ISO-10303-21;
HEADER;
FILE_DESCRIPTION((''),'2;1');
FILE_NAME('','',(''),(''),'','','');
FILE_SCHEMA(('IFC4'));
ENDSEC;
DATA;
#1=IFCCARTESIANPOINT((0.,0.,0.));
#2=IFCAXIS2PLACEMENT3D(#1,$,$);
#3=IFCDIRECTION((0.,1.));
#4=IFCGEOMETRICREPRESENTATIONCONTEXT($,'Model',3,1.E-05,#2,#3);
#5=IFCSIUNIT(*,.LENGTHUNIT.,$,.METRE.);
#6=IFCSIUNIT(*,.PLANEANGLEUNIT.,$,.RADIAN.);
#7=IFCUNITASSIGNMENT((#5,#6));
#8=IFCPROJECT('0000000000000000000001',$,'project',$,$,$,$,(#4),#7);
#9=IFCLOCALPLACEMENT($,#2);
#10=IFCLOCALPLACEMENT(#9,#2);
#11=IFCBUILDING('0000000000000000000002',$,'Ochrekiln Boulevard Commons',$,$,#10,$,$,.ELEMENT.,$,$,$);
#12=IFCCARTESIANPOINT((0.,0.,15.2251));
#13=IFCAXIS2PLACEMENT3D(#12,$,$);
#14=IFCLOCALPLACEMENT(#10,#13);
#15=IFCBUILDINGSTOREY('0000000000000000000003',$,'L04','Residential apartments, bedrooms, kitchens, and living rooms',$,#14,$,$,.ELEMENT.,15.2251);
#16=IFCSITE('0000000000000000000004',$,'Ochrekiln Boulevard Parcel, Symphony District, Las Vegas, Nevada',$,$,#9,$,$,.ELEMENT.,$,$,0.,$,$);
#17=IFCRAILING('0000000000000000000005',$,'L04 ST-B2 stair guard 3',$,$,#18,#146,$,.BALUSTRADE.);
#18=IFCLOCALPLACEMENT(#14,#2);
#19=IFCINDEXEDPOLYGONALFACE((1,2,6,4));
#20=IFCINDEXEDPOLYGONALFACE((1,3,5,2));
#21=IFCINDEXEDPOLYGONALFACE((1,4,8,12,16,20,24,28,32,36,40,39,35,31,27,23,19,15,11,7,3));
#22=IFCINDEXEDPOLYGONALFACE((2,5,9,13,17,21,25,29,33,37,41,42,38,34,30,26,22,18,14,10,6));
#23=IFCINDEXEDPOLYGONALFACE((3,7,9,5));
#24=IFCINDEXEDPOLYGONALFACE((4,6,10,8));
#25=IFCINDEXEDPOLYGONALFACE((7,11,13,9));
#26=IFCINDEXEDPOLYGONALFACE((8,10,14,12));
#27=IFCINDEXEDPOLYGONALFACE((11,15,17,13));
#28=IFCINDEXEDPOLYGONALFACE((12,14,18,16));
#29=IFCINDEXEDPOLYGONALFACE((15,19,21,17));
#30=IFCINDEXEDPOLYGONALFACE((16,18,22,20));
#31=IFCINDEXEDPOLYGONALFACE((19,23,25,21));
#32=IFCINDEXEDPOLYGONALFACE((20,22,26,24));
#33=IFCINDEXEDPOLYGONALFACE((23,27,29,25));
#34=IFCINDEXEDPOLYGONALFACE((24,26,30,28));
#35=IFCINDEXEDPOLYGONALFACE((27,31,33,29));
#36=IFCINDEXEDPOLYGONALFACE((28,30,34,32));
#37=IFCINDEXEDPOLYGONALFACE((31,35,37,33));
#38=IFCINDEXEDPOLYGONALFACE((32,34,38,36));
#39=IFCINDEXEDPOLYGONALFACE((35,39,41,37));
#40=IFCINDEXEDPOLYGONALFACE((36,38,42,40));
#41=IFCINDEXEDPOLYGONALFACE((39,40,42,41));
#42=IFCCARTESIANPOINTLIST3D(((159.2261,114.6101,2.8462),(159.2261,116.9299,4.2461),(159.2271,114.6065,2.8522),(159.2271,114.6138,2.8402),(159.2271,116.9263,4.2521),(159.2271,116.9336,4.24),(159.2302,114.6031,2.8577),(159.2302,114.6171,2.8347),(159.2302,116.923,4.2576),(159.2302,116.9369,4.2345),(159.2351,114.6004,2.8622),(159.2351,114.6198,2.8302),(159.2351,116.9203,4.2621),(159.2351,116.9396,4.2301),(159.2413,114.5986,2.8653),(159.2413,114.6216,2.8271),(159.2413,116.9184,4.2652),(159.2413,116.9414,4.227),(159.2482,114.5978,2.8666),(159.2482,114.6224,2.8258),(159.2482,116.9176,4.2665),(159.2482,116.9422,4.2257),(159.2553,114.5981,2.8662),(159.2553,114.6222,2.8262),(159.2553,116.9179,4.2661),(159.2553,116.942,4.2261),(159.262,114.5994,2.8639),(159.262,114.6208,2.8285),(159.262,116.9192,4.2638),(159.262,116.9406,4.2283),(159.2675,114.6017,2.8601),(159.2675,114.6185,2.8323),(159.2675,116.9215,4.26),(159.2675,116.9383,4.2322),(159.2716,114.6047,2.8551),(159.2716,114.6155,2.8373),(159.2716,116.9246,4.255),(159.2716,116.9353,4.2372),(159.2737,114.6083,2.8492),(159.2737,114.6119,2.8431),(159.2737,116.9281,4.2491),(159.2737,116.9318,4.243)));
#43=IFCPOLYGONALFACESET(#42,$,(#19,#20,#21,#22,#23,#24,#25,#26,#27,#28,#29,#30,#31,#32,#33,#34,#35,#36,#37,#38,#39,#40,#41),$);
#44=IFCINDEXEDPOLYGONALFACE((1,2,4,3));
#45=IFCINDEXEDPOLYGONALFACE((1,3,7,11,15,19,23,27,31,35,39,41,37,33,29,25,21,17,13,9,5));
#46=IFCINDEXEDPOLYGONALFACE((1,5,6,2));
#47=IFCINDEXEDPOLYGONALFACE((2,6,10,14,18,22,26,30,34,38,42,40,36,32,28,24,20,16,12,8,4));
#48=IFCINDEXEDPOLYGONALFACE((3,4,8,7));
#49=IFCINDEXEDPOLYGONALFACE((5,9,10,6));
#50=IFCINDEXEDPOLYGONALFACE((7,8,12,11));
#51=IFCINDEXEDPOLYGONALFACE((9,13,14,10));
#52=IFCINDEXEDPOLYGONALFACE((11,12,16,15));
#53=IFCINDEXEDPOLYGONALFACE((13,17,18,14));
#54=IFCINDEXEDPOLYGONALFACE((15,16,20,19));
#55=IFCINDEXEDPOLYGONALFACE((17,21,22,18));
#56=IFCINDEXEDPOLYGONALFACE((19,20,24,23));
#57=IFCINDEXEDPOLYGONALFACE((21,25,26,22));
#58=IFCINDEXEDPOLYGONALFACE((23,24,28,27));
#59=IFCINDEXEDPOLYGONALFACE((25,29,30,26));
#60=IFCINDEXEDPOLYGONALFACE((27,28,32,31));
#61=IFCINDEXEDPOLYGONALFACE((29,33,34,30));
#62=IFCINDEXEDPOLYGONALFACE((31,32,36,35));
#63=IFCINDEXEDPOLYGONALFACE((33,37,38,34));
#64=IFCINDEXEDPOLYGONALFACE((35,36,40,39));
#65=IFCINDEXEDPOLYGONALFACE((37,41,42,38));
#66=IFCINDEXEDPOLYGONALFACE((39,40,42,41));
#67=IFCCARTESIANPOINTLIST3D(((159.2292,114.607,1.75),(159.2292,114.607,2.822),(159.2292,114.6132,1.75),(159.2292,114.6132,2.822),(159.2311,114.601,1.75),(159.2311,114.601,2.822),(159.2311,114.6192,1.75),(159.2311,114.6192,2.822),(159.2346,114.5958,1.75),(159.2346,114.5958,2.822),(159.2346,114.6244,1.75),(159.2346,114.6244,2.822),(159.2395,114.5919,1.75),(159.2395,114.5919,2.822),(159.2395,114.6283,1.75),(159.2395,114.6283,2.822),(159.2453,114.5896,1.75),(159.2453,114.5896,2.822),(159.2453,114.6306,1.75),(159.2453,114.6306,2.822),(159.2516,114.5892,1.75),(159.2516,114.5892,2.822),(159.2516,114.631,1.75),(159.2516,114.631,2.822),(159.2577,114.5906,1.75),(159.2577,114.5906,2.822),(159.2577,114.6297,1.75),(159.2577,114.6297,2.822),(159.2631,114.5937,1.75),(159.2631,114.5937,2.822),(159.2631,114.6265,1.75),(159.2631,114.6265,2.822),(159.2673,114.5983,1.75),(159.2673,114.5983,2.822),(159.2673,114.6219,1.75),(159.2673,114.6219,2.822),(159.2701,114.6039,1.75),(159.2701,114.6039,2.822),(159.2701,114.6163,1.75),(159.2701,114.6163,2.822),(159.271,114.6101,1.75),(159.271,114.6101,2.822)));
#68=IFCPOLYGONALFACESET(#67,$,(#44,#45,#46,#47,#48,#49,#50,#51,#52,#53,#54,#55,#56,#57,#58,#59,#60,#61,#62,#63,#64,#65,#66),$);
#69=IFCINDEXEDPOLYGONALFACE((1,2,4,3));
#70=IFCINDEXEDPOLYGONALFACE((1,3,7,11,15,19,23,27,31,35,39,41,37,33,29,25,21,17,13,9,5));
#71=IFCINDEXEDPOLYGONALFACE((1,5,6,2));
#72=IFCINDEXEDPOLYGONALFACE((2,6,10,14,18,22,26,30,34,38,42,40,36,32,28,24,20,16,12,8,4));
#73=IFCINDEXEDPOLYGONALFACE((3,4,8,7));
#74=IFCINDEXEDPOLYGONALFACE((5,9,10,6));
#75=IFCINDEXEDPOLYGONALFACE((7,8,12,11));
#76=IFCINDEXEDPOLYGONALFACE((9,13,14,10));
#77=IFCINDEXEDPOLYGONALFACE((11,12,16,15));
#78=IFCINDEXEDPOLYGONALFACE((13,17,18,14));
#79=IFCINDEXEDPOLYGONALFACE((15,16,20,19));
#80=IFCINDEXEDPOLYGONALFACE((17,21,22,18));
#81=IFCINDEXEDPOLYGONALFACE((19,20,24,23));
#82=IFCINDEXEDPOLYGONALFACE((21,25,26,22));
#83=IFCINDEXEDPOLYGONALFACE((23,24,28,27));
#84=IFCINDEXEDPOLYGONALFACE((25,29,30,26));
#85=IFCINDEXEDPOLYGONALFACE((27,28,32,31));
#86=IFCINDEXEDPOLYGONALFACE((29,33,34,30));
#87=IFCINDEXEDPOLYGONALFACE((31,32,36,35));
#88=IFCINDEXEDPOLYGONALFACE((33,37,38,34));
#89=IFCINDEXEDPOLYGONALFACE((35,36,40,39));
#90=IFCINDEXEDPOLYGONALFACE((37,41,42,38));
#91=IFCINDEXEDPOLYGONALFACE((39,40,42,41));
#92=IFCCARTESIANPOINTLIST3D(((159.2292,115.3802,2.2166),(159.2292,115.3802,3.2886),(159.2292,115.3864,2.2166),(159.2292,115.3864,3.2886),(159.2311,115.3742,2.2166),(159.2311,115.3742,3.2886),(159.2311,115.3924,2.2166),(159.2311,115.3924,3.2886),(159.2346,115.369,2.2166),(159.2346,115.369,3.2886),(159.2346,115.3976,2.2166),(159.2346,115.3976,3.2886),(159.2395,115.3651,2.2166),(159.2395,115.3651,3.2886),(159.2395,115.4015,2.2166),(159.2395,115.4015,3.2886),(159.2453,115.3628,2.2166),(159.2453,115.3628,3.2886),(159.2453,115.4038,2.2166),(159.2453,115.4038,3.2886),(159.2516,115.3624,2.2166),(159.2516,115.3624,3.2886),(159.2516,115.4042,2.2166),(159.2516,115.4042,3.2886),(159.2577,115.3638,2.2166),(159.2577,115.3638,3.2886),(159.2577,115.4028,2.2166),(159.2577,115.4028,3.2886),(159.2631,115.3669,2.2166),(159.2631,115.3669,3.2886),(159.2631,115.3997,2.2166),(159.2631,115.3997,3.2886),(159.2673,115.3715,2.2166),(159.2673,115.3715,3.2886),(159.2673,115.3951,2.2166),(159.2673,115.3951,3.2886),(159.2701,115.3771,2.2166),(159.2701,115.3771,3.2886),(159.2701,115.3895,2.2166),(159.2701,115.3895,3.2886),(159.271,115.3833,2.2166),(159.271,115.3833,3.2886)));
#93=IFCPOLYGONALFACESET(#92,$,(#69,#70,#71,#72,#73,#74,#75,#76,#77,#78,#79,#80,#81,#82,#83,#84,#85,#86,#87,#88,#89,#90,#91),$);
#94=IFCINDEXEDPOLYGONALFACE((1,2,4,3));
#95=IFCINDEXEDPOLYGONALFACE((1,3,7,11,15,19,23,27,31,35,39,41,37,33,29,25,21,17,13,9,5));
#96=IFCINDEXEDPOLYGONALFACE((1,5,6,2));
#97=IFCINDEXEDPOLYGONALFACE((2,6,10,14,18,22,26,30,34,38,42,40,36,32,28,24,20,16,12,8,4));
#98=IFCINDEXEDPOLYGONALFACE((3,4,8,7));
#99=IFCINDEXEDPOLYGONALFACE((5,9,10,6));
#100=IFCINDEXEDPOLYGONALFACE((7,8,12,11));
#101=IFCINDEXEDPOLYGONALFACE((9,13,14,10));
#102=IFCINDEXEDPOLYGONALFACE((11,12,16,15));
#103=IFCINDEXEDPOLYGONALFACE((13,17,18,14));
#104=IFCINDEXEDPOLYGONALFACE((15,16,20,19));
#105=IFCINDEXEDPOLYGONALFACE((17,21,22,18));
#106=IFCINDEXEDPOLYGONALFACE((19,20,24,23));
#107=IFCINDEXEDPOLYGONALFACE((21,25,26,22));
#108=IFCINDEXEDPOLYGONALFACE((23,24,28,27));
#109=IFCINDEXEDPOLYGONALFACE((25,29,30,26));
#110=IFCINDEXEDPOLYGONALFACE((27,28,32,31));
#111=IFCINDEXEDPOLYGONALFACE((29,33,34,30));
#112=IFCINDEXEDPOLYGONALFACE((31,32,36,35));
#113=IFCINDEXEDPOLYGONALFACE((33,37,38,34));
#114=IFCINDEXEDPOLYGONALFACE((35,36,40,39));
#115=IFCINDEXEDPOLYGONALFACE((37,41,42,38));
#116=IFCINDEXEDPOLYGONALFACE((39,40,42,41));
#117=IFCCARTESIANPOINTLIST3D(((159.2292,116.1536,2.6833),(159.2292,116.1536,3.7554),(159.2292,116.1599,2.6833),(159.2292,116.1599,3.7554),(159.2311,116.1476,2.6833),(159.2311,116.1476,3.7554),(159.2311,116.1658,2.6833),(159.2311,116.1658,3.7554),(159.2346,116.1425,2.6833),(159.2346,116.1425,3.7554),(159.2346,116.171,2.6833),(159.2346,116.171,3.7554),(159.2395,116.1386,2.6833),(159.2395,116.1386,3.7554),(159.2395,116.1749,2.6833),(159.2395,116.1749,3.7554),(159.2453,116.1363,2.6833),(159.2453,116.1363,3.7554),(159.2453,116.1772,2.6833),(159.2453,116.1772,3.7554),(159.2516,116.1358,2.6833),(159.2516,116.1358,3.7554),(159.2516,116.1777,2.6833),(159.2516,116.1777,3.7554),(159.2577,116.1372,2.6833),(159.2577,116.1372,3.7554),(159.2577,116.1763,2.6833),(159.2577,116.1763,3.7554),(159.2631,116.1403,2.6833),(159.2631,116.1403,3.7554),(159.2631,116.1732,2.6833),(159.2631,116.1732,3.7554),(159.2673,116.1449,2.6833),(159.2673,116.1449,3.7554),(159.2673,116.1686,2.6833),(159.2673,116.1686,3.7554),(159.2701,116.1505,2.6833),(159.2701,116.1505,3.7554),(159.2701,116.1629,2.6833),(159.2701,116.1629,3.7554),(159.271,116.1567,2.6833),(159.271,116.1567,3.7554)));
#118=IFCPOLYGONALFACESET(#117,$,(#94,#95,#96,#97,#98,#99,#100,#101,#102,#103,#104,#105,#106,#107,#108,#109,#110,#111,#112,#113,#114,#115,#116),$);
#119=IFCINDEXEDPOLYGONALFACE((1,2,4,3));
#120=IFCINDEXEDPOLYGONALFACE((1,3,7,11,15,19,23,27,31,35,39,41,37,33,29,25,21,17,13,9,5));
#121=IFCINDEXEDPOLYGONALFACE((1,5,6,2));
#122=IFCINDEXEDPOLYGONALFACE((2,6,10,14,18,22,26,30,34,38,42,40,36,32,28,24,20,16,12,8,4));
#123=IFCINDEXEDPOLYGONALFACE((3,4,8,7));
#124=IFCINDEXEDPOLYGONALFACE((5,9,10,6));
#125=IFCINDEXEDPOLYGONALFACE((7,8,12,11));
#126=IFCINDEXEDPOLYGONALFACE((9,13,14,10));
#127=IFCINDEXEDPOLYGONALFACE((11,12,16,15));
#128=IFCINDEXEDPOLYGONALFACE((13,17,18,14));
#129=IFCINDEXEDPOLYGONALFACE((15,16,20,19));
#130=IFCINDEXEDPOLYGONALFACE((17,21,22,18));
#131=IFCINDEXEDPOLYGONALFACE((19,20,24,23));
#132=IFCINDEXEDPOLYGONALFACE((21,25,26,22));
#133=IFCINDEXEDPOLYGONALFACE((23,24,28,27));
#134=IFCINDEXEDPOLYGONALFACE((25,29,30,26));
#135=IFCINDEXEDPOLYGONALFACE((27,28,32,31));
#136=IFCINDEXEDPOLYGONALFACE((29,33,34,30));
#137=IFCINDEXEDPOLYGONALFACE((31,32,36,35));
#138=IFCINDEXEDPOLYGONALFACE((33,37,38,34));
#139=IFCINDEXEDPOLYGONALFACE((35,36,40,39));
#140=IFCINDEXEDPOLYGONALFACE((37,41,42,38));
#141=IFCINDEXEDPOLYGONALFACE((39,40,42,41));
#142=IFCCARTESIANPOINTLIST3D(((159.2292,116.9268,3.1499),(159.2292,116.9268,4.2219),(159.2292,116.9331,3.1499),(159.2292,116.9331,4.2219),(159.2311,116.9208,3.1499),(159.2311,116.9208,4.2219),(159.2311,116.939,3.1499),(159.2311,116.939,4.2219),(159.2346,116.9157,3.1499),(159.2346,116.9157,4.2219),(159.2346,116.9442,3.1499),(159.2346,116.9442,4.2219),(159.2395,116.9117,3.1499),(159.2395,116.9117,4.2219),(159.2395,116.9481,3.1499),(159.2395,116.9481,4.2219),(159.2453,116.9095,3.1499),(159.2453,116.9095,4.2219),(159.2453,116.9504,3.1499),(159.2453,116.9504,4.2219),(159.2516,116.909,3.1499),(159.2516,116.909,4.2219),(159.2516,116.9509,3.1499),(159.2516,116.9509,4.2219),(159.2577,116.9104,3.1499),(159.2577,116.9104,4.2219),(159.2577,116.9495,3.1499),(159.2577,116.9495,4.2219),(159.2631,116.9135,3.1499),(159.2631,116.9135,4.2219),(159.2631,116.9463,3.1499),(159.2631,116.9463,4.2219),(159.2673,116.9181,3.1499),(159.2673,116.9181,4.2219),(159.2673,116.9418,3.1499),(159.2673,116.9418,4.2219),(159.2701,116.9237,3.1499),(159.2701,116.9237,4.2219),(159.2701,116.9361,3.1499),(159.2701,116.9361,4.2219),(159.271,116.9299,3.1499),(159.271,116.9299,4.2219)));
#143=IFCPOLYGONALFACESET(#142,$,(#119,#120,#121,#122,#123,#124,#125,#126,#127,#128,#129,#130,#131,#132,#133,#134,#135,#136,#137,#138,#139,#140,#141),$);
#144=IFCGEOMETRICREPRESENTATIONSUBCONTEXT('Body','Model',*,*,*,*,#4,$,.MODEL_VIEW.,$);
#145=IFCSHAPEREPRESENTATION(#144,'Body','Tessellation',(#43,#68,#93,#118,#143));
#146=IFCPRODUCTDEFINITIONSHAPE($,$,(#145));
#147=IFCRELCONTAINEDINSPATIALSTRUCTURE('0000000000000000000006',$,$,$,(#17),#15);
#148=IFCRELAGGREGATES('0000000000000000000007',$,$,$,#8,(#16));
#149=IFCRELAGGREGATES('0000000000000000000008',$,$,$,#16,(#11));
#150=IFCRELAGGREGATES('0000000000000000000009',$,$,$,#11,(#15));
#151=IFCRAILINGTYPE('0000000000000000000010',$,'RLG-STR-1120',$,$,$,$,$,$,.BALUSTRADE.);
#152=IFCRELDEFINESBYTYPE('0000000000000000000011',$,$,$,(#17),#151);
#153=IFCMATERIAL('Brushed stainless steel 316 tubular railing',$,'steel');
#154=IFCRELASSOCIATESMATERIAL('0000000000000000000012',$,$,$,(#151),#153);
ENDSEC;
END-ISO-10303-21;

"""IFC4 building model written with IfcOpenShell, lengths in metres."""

from ifc_helpers import new_model, si_unit, direction, frame, origin, origin_2d, place, context, subcontext, project, spatial, circle, extrude, material, type_object, element, save


model = new_model("IFC4")

# Units and contexts
model_context = context("Model", 3, precision=1e-05, world=origin(), true_north=direction((0.0, 1.0)))
body_context = subcontext(model_context, "Body", "Model", "MODEL_VIEW")
ifc_project = project(units=[si_unit("LENGTHUNIT", "METRE"), si_unit("PLANEANGLEUNIT", "RADIAN")], contexts=[model_context])

# Site, building, storey
site_placement = place(None, origin())
site = spatial("IfcSite", under=ifc_project, at=site_placement, Name="Ochrekiln Boulevard Parcel, Symphony District, Las Vegas, Nevada", CompositionType="ELEMENT", RefElevation=0.0)
building_placement = place(site_placement, origin())
building = spatial("IfcBuilding", under=site, at=building_placement, Name="Ochrekiln Boulevard Commons", CompositionType="ELEMENT")
storey_placement = place(building_placement, frame((0.0, 0.0, 15.2251)))
storey = spatial("IfcBuildingStorey", under=building, at=storey_placement, Name="L04", Description="Residential apartments, bedrooms, kitchens, and living rooms", CompositionType="ELEMENT", Elevation=15.2251)

# Railing
ifc_material_1 = material(Name="Brushed stainless steel 316 tubular railing", Category="steel")
railing_type_1 = type_object("IfcRailingType", Name="RLG-STR-1120", PredefinedType="BALUSTRADE", material=ifc_material_1)
railing_1_placement = place(storey_placement, frame((159.25, 114.6101, 1.75)))
element("IfcRailing", 1, at=railing_1_placement, inside=storey, type_object=railing_type_1, Name="L04 ST-B2 stair guard 3", PredefinedType="BALUSTRADE", context=body_context, shape_type="SweptSolid", body=[
    extrude(circle(Radius=0.0239, at=origin_2d()), frame((0.0, 0.0, 1.0962), z_axis=(0.0, 0.856186, 0.516667), x_axis=(-1.0, 0.0, 0.0)), (0.0, 0.0, 1.0), 2.7095),
    extrude(circle(Radius=0.021, at=origin_2d()), origin(), (0.0, 0.0, 1.0), 1.072),
    extrude(circle(Radius=0.021, at=origin_2d()), frame((0.0, 0.7732, 0.4666)), (0.0, 0.0, 1.0), 1.072),
    extrude(circle(Radius=0.021, at=origin_2d()), frame((0.0, 1.5466, 0.9333)), (0.0, 0.0, 1.0), 1.072),
    extrude(circle(Radius=0.021, at=origin_2d()), frame((0.0, 2.3198, 1.3999)), (0.0, 0.0, 1.0), 1.072),
])

save(model, "model.ifc")
